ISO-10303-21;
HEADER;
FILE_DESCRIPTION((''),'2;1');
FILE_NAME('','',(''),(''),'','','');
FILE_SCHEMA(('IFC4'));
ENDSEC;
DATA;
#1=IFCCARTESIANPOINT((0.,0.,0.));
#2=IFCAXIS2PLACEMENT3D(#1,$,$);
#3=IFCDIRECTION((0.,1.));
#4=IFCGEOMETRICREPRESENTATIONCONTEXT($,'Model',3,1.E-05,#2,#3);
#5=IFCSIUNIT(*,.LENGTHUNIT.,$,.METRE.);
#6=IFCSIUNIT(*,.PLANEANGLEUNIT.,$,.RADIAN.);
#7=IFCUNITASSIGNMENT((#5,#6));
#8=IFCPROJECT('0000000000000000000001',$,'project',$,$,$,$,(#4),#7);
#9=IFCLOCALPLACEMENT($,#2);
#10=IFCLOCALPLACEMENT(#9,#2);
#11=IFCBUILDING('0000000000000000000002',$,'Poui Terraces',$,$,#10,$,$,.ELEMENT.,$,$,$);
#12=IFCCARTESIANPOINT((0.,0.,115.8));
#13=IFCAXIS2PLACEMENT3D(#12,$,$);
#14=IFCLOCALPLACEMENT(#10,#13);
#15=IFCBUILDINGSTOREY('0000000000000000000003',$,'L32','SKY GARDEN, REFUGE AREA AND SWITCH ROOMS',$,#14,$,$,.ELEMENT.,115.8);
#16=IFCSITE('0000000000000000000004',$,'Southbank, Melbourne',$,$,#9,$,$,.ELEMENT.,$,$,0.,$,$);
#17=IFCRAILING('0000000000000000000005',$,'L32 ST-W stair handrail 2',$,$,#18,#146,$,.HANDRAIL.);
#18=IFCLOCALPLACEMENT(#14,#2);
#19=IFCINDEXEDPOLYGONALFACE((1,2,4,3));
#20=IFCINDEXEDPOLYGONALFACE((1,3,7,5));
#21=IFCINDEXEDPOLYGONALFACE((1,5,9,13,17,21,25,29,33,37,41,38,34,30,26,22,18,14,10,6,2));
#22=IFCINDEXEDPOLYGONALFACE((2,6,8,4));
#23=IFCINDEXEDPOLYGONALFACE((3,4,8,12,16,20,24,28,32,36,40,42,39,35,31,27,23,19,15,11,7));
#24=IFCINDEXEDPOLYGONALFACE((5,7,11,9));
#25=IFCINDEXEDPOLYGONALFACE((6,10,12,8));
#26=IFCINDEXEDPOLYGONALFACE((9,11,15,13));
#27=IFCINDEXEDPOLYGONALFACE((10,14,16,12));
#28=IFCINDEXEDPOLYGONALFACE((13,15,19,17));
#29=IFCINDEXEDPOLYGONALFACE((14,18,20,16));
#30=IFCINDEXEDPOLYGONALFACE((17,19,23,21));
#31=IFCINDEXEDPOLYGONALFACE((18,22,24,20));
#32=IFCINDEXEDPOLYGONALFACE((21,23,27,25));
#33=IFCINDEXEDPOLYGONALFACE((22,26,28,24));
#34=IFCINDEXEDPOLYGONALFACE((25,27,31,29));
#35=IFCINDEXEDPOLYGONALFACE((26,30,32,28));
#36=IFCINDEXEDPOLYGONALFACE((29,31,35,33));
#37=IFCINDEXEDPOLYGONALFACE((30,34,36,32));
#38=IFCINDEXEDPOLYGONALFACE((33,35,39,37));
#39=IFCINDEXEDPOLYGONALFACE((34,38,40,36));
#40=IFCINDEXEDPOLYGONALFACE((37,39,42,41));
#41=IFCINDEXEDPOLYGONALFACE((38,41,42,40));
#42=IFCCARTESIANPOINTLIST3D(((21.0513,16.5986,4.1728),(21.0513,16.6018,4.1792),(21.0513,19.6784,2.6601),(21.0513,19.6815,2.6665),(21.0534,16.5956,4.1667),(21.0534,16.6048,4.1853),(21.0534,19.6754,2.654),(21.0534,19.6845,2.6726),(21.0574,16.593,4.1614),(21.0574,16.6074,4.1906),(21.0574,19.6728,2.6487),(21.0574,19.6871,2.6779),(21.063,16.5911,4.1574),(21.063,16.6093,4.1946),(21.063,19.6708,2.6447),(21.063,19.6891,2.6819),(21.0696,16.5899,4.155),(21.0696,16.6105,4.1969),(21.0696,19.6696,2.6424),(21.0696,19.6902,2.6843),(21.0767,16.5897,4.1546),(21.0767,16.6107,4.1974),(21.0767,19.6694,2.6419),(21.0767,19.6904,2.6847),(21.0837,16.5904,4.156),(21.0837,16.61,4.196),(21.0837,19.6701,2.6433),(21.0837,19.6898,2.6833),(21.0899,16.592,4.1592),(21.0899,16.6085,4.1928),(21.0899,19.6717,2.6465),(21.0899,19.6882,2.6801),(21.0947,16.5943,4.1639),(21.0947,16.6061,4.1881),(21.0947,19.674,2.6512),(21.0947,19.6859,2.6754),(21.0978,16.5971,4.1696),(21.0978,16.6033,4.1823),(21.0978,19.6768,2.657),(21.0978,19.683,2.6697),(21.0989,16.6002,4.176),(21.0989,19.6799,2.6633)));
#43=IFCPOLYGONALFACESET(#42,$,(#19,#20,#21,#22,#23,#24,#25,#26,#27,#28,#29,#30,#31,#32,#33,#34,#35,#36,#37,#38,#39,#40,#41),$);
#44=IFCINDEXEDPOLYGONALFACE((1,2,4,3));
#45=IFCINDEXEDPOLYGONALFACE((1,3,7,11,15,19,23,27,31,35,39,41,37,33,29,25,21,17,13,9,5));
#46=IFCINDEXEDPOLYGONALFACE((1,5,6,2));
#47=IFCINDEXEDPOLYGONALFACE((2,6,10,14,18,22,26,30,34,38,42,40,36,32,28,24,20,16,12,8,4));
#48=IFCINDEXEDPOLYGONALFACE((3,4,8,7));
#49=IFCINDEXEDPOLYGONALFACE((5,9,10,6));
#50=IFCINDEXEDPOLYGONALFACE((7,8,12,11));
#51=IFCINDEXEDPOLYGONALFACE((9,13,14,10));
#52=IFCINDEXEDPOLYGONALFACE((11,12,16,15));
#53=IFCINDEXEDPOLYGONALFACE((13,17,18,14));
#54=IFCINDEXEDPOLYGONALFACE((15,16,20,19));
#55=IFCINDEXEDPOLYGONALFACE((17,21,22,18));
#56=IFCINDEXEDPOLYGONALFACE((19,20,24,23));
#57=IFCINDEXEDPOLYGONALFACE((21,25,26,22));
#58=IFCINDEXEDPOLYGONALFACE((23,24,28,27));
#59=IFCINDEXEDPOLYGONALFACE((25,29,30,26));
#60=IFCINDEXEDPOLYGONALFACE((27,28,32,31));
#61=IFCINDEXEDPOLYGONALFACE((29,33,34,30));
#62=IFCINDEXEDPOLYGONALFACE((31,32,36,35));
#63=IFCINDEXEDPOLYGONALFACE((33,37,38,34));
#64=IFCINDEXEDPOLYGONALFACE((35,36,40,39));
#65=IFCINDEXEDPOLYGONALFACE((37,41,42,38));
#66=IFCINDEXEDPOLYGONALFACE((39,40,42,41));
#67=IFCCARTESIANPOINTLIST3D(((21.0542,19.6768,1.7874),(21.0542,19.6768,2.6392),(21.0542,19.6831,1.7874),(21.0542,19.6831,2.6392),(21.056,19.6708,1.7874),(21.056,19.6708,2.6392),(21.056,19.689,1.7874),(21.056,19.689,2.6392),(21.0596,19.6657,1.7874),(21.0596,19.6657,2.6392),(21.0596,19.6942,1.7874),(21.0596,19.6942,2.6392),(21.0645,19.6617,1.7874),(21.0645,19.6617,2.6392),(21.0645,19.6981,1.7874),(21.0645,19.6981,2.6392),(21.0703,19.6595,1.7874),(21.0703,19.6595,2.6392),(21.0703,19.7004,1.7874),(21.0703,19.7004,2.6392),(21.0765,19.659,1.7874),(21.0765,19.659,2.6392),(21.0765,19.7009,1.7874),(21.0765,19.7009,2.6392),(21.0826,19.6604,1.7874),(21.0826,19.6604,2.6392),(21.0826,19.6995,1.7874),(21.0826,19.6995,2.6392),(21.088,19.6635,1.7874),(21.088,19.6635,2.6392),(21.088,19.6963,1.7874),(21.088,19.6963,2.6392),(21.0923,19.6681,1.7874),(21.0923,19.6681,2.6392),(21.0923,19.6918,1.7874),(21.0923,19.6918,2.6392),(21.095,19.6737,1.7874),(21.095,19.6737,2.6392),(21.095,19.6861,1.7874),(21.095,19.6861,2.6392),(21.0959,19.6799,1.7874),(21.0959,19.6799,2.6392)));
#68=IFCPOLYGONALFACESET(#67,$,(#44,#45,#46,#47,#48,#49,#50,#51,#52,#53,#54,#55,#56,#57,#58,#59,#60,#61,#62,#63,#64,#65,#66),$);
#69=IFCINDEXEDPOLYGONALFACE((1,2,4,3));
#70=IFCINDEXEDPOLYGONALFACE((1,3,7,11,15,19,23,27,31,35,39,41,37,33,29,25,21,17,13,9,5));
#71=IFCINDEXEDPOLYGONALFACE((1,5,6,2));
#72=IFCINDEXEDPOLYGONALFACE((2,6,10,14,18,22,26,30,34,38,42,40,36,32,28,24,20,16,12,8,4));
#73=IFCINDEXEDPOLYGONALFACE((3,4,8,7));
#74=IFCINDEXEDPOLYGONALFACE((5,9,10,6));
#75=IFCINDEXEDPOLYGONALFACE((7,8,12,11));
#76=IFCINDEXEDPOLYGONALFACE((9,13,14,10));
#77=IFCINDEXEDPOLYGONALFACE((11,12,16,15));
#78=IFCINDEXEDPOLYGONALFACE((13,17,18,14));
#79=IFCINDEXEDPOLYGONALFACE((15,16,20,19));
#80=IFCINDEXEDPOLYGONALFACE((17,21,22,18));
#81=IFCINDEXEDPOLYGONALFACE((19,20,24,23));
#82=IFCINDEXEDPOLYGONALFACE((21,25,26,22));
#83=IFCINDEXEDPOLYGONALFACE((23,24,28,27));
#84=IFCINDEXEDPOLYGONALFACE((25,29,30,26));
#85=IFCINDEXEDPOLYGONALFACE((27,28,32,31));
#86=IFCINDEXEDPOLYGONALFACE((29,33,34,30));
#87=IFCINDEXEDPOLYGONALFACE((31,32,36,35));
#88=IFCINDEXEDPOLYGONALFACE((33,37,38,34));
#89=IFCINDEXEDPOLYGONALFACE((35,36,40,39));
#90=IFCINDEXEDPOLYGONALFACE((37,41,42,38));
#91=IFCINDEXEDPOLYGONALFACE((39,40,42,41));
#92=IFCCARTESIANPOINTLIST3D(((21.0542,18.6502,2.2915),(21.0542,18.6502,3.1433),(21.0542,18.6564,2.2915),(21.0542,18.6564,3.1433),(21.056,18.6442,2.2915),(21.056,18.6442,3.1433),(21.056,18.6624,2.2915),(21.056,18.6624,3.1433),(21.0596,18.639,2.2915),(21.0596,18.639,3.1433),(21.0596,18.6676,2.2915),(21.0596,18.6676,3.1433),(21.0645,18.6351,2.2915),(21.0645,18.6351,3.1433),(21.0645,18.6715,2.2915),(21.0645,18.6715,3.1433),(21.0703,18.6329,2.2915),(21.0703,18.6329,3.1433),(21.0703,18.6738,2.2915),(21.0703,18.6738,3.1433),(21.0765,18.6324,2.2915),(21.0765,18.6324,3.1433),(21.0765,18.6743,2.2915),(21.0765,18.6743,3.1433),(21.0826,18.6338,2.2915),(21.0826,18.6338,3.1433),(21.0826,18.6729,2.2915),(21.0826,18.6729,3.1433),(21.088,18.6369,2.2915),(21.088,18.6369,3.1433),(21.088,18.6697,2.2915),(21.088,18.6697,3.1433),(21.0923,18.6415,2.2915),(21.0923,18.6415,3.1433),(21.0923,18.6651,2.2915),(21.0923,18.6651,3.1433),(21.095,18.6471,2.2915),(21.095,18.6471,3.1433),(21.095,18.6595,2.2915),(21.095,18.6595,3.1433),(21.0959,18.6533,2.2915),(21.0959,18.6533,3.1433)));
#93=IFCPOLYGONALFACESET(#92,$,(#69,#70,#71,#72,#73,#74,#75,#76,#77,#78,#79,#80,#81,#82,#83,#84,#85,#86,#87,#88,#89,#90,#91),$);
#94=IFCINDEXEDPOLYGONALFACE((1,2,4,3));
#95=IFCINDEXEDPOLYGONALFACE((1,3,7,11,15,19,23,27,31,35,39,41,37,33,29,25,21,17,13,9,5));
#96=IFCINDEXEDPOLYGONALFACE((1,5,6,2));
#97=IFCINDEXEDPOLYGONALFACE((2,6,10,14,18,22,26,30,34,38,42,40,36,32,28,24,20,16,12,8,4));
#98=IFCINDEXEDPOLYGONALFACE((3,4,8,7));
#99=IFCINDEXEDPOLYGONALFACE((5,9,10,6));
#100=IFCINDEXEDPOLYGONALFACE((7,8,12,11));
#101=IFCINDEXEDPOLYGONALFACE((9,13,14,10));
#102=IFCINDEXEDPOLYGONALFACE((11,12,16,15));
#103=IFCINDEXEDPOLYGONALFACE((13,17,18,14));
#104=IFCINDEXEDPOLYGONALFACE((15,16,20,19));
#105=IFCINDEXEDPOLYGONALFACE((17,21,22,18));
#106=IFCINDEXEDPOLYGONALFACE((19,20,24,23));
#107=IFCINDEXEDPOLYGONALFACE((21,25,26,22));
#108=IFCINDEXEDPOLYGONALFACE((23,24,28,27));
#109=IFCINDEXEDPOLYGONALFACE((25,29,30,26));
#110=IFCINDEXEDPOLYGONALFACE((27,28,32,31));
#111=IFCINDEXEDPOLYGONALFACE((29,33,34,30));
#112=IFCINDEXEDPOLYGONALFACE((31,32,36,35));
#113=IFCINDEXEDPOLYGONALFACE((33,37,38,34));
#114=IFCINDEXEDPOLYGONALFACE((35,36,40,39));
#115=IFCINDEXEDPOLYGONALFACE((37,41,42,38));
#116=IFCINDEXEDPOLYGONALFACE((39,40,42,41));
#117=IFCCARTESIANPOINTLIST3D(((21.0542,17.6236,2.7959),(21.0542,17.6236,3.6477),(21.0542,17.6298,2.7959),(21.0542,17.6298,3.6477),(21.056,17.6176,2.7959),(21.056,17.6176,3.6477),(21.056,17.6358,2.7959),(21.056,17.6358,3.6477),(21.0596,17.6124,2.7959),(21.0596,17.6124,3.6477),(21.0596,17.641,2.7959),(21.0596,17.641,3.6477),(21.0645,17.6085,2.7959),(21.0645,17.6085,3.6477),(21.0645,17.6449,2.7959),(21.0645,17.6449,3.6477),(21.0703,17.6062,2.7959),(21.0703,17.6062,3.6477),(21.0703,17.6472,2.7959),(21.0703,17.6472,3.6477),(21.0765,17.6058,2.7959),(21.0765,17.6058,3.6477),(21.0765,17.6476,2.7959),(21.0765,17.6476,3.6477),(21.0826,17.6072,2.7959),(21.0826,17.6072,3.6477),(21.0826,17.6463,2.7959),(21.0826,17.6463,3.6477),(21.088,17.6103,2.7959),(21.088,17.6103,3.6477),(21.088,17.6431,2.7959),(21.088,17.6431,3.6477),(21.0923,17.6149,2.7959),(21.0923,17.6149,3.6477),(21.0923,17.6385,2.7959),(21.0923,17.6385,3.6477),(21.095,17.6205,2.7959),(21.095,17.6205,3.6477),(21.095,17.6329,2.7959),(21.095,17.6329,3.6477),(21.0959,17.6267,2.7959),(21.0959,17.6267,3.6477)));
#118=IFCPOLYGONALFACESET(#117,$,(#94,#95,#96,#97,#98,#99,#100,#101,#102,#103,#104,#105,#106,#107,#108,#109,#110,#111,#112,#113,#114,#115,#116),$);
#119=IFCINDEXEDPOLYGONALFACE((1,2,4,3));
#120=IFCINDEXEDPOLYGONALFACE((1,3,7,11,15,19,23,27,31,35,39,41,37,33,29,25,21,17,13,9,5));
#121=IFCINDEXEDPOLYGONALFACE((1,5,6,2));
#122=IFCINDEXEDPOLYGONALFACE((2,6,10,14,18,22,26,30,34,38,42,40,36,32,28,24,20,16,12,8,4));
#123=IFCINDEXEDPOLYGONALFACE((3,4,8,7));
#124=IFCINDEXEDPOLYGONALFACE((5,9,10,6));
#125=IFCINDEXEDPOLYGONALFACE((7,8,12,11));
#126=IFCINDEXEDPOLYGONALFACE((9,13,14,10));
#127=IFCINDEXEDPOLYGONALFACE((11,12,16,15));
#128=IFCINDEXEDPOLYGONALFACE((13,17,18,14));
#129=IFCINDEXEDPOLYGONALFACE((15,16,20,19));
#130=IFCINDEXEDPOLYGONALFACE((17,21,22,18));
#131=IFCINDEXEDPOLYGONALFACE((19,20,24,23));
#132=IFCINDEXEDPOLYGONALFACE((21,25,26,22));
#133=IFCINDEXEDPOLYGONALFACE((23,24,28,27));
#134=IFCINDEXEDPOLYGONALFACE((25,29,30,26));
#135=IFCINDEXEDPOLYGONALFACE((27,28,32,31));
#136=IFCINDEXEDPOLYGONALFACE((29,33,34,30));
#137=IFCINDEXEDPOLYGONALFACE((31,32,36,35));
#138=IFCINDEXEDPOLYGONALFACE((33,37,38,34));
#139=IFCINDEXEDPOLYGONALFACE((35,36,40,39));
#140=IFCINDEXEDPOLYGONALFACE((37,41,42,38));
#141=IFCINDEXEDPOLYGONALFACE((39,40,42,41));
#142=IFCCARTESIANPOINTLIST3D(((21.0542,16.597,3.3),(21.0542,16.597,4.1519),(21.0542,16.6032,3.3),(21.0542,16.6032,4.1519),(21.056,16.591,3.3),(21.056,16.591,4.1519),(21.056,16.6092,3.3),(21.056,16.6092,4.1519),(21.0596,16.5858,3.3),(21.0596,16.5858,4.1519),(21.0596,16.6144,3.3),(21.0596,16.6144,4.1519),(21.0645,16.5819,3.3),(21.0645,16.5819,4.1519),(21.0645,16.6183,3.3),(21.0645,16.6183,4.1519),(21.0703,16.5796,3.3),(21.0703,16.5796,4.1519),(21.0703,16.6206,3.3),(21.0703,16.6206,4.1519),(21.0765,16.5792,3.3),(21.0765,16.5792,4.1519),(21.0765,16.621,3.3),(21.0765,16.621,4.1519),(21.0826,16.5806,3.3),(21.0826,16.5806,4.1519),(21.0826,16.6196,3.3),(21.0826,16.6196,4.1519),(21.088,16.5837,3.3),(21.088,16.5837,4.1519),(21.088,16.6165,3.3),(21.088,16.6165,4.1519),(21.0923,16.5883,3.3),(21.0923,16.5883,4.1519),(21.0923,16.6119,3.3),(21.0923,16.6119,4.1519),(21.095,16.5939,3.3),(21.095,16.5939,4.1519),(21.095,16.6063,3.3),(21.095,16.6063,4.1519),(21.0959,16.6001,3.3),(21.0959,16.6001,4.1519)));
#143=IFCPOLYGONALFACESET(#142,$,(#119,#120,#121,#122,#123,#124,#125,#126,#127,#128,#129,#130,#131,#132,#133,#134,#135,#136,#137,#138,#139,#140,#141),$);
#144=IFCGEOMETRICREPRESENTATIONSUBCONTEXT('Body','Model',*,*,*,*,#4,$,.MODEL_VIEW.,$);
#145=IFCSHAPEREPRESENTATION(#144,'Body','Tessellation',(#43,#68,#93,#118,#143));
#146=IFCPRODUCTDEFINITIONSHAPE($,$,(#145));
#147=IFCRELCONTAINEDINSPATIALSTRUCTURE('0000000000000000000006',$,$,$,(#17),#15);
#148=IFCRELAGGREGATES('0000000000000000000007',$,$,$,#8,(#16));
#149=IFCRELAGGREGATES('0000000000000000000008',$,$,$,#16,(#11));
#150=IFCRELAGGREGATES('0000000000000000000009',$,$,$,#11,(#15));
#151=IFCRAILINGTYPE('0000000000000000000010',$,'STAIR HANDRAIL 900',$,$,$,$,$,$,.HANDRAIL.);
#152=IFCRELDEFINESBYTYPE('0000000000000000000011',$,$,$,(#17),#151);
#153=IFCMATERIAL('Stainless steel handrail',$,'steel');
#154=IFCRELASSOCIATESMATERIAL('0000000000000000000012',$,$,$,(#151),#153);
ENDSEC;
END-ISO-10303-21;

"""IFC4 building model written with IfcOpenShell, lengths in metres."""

from ifc_helpers import new_model, si_unit, direction, frame, origin, origin_2d, place, context, subcontext, project, spatial, circle, extrude, material, type_object, element, save


model = new_model("IFC4")

# Units and contexts
model_context = context("Model", 3, precision=1e-05, world=origin(), true_north=direction((0.0, 1.0)))
body_context = subcontext(model_context, "Body", "Model", "MODEL_VIEW")
ifc_project = project(units=[si_unit("LENGTHUNIT", "METRE"), si_unit("PLANEANGLEUNIT", "RADIAN")], contexts=[model_context])

# Site, building, storey
site_placement = place(None, origin())
site = spatial("IfcSite", under=ifc_project, at=site_placement, Name="Southbank, Melbourne", CompositionType="ELEMENT", RefElevation=0.0)
building_placement = place(site_placement, origin())
building = spatial("IfcBuilding", under=site, at=building_placement, Name="Poui Terraces", CompositionType="ELEMENT")
storey_placement = place(building_placement, frame((0.0, 0.0, 115.8)))
storey = spatial("IfcBuildingStorey", under=building, at=storey_placement, Name="L32", Description="SKY GARDEN, REFUGE AREA AND SWITCH ROOMS", CompositionType="ELEMENT", Elevation=115.8)

# Railing
ifc_material_1 = material(Name="Stainless steel handrail", Category="steel")
railing_type_1 = type_object("IfcRailingType", Name="STAIR HANDRAIL 900", PredefinedType="HANDRAIL", material=ifc_material_1)
railing_1_placement = place(storey_placement, frame((21.075, 19.6799, 1.7874)))
element("IfcRailing", 1, at=railing_1_placement, inside=storey, type_object=railing_type_1, Name="L32 ST-W stair handrail 2", PredefinedType="HANDRAIL", context=body_context, shape_type="SweptSolid", body=[
    extrude(circle(Radius=0.0239, at=origin_2d()), frame((0.0, 0.0, 0.876), z_axis=(0.0, -0.897578, 0.440856), x_axis=(1.0, 0.0, 0.0)), (0.0, 0.0, 1.0), 3.4312),
    extrude(circle(Radius=0.021, at=origin_2d()), origin(), (0.0, 0.0, 1.0), 0.8518),
    extrude(circle(Radius=0.021, at=origin_2d()), frame((0.0, -1.0266, 0.5042)), (0.0, 0.0, 1.0), 0.8518),
    extrude(circle(Radius=0.021, at=origin_2d()), frame((0.0, -2.0532, 1.0085)), (0.0, 0.0, 1.0), 0.8518),
    extrude(circle(Radius=0.021, at=origin_2d()), frame((0.0, -3.0798, 1.5127)), (0.0, 0.0, 1.0), 0.8518),
])

save(model, "model.ifc")
